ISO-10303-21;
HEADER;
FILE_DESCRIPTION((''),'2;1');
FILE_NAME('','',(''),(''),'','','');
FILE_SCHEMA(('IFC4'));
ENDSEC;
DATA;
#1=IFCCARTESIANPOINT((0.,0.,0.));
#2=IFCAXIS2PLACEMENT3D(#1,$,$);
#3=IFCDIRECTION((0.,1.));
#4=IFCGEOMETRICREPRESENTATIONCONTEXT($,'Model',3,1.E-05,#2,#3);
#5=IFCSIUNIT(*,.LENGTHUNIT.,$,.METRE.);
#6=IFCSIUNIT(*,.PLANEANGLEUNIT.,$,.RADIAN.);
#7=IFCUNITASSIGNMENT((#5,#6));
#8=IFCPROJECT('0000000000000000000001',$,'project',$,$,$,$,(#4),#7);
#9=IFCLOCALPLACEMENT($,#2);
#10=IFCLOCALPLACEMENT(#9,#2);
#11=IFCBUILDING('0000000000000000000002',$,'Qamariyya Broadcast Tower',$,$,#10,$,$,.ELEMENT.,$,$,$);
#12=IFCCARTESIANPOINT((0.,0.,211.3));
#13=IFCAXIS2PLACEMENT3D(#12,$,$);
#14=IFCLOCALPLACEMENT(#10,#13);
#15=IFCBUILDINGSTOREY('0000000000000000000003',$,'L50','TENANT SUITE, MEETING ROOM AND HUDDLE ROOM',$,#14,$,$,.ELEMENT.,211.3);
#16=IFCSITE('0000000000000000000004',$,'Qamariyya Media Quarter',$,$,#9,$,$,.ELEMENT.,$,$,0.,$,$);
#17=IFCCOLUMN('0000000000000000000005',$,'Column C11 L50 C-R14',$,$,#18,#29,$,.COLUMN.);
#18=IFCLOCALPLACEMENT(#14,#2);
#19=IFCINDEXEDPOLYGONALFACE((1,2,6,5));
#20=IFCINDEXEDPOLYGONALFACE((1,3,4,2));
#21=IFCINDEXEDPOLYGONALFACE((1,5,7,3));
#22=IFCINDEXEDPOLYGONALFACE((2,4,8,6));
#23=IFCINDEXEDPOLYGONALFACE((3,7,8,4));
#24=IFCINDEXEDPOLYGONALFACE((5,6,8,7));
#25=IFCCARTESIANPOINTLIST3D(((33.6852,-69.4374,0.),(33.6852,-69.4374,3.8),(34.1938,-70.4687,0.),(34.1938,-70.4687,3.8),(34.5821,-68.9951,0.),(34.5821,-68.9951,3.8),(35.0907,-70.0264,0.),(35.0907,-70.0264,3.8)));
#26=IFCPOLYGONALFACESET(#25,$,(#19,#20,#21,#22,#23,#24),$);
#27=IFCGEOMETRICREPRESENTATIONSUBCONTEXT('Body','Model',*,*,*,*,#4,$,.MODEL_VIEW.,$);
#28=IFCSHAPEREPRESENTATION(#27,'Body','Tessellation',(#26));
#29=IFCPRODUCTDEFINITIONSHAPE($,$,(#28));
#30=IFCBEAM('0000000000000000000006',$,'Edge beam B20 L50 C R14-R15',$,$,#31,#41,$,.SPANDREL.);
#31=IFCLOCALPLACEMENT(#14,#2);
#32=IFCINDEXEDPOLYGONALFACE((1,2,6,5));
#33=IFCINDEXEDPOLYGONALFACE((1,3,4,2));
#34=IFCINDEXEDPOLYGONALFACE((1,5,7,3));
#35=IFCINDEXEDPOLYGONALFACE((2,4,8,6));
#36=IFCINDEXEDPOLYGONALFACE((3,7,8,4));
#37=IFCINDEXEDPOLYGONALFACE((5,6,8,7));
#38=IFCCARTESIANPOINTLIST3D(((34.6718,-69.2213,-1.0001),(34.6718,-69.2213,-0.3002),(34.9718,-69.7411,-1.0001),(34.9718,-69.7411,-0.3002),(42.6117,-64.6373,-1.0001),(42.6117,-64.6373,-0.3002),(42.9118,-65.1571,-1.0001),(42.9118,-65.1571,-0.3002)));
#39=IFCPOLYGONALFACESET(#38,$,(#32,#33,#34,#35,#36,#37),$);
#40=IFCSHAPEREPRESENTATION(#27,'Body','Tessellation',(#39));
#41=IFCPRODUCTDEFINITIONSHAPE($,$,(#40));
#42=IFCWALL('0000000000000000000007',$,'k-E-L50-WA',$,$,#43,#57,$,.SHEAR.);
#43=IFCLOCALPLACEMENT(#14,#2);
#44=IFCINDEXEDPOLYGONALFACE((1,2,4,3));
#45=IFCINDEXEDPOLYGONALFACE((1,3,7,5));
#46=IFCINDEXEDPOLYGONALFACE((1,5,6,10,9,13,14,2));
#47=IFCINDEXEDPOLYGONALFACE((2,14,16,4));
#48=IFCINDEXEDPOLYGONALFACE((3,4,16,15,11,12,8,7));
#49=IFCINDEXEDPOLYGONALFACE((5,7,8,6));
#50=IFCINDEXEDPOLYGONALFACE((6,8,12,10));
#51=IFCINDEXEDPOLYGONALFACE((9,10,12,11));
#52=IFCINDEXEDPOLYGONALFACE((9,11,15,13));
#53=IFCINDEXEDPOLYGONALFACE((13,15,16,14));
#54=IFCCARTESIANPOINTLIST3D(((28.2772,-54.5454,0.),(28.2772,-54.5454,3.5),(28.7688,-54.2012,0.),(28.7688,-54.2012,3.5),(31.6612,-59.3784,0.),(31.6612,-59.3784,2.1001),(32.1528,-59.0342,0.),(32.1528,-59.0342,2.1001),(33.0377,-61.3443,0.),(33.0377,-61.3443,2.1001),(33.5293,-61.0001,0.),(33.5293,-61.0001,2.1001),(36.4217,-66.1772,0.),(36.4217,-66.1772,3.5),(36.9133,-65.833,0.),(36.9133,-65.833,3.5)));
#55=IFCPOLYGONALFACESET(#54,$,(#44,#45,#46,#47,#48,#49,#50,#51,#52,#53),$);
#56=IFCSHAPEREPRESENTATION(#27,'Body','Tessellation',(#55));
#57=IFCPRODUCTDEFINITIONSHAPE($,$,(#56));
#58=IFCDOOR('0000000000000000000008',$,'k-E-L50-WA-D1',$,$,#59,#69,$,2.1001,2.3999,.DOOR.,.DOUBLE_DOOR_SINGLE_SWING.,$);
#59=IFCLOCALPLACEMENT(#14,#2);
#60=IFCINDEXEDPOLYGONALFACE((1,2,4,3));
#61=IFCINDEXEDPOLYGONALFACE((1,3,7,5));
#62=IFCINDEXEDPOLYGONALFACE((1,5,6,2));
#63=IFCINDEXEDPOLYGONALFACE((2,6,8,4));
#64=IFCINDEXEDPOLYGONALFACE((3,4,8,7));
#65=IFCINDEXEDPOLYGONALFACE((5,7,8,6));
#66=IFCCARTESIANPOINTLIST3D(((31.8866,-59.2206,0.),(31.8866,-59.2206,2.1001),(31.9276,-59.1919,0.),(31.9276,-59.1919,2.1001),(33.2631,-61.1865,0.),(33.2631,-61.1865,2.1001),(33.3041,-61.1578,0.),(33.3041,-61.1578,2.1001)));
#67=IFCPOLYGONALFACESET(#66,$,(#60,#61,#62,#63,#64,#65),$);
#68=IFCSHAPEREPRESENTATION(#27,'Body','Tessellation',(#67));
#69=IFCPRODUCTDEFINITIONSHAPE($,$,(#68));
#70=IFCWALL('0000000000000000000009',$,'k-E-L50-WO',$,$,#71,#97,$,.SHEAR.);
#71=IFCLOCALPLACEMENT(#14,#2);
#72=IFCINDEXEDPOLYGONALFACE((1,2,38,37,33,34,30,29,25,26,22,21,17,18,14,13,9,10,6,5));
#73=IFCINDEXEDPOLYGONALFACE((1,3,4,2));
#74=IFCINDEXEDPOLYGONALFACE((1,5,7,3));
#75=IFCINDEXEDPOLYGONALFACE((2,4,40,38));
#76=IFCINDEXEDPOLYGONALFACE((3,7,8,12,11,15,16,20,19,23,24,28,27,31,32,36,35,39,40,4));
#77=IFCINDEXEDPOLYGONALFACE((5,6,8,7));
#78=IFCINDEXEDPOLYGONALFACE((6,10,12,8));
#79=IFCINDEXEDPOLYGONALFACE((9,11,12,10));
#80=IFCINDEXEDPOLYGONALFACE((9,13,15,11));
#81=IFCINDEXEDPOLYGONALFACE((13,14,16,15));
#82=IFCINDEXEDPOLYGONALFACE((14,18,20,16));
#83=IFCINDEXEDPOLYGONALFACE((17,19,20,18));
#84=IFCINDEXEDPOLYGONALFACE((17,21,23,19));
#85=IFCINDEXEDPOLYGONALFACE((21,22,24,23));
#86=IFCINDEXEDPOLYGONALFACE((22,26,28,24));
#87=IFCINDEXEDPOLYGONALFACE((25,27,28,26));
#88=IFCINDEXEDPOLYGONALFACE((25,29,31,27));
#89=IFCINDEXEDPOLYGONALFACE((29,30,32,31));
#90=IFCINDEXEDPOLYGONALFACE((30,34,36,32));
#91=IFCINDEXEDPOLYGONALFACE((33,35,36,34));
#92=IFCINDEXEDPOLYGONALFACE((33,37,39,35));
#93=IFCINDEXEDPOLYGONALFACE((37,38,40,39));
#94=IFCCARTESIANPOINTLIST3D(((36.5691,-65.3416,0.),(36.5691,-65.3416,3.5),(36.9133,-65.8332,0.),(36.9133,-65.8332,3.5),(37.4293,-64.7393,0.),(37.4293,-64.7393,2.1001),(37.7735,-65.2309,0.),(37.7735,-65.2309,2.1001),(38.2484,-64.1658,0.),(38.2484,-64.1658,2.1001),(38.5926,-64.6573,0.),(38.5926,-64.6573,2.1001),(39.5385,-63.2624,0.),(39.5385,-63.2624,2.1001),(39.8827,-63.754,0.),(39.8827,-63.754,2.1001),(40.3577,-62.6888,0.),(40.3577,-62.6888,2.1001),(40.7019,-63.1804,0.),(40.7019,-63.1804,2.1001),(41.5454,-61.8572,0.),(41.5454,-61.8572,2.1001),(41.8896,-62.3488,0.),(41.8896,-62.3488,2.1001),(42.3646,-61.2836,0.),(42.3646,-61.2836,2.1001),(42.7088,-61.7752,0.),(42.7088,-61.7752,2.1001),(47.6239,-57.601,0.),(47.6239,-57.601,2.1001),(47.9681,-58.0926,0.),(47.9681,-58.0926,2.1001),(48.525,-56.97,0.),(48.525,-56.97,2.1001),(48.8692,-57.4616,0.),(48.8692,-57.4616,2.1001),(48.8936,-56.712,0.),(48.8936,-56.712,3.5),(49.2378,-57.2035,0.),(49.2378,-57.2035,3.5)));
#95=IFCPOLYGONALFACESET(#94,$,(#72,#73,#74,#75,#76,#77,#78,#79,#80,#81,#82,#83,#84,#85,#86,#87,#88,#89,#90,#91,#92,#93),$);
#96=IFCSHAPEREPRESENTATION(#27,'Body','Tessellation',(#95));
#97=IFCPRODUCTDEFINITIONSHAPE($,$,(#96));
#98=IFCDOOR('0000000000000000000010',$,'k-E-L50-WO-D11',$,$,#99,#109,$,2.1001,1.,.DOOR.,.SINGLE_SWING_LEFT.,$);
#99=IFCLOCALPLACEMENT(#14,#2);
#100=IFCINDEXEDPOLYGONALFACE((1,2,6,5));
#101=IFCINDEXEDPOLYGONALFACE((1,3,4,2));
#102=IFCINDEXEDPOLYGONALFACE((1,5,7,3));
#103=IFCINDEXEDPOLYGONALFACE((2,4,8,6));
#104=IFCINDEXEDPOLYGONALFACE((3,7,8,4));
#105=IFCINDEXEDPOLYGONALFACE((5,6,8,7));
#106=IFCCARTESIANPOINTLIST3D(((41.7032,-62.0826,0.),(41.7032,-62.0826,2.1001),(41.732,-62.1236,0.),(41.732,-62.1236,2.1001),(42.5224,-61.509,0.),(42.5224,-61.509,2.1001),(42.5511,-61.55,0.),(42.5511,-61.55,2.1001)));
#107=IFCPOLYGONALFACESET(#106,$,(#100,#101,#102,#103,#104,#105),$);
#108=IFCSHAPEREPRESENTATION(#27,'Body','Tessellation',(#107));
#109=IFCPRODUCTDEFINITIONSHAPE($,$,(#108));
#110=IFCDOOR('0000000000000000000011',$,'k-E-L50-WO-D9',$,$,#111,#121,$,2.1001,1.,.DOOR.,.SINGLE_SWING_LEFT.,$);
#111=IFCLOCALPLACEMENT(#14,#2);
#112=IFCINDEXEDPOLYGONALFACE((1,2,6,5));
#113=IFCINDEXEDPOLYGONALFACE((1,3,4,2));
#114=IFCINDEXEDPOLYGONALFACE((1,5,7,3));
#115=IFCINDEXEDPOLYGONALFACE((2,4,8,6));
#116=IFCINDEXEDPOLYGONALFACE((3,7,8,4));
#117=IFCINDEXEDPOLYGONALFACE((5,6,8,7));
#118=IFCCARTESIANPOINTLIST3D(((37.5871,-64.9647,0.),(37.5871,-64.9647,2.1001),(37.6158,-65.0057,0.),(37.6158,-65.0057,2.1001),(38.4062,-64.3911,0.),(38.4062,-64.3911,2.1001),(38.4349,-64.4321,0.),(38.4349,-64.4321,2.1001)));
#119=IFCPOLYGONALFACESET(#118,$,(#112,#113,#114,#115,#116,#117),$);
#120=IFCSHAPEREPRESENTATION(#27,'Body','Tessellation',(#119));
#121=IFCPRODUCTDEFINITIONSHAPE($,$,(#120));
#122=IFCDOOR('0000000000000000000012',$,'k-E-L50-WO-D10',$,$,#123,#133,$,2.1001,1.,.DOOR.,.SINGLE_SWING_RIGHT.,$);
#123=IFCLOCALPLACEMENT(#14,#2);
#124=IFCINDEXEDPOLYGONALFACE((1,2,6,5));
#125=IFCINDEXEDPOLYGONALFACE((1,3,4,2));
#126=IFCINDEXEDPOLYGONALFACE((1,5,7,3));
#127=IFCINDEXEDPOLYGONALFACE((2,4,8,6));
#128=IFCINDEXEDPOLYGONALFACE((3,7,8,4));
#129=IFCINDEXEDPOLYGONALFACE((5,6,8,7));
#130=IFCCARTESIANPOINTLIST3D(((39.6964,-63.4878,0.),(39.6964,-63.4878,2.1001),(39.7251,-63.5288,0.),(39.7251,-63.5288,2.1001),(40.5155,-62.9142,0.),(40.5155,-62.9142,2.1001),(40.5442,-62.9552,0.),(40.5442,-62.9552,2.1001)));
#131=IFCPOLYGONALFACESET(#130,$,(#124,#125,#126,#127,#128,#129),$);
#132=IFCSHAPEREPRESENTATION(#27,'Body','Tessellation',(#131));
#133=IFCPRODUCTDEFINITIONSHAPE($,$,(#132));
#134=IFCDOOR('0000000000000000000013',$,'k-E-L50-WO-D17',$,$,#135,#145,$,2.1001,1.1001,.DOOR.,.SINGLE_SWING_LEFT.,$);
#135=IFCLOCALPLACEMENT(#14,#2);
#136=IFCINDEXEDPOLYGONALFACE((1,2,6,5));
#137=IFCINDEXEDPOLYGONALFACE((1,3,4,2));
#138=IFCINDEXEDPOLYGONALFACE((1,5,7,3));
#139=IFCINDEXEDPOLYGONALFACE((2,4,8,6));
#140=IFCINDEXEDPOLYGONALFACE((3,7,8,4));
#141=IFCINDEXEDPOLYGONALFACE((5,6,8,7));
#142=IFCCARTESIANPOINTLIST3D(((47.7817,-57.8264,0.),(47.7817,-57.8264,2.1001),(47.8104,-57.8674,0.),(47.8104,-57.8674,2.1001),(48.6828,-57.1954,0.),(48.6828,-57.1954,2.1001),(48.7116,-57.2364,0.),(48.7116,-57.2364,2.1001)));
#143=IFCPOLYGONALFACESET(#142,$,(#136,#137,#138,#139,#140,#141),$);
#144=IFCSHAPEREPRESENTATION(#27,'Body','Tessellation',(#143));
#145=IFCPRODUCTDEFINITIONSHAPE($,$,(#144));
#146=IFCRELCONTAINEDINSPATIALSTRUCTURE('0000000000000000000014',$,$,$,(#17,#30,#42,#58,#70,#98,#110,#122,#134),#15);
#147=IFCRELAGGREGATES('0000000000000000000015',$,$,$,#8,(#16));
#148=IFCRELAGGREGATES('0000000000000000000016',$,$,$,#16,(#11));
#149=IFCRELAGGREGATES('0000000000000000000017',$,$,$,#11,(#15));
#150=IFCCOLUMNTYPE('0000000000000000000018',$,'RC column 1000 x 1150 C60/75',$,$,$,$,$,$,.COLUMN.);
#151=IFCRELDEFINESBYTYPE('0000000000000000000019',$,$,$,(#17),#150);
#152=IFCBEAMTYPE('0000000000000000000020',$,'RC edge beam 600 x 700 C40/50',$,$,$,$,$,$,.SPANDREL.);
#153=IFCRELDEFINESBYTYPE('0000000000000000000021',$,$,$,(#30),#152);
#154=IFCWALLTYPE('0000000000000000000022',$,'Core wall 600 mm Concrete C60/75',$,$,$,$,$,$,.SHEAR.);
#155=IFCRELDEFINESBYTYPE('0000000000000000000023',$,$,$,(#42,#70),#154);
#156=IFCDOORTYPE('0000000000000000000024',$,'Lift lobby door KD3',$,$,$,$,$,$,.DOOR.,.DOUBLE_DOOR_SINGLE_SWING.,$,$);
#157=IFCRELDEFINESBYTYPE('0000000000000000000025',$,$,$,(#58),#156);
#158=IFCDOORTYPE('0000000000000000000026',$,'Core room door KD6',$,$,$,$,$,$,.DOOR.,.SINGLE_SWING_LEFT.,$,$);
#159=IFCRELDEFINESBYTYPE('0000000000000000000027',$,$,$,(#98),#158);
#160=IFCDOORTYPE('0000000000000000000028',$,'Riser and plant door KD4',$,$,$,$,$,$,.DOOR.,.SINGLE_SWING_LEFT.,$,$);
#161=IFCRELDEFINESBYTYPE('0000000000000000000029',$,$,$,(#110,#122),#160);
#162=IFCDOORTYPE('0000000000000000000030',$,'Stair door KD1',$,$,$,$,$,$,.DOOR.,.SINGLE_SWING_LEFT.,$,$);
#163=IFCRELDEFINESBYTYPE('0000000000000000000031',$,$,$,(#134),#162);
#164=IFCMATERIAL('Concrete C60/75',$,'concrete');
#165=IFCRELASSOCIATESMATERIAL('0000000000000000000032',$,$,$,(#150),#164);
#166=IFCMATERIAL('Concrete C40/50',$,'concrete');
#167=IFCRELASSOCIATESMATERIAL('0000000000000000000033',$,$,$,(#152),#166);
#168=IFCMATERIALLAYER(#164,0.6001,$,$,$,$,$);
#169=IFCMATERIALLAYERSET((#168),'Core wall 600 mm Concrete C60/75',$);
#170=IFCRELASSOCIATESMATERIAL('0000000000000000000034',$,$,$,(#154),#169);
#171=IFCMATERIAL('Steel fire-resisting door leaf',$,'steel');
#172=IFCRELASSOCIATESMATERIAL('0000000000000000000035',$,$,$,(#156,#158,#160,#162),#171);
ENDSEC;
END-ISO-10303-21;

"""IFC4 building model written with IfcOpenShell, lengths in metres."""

from ifc_helpers import new_model, si_unit, direction, frame, frame_2d, origin, origin_2d, place, context, subcontext, project, spatial, rectangle, extrude, material, layer, layer_set, material_profile, profile_set, type_object, element, fill, save


model = new_model("IFC4")

# Units and contexts
model_context = context("Model", 3, precision=1e-05, world=origin(), true_north=direction((0.0, 1.0)))
body_context = subcontext(model_context, "Body", "Model", "MODEL_VIEW")
ifc_project = project(units=[si_unit("LENGTHUNIT", "METRE"), si_unit("PLANEANGLEUNIT", "RADIAN")], contexts=[model_context])

# Site, building, storey
site_placement = place(None, origin())
site = spatial("IfcSite", under=ifc_project, at=site_placement, Name="Qamariyya Media Quarter", CompositionType="ELEMENT", RefElevation=0.0)
building_placement = place(site_placement, origin())
building = spatial("IfcBuilding", under=site, at=building_placement, Name="Qamariyya Broadcast Tower", CompositionType="ELEMENT")
storey_placement = place(building_placement, frame((0.0, 0.0, 211.3)))
storey = spatial("IfcBuildingStorey", under=building, at=storey_placement, Name="L50", Description="TENANT SUITE, MEETING ROOM AND HUDDLE ROOM", CompositionType="ELEMENT", Elevation=211.3)

# Column
ifc_material_1 = material(Name="Concrete C60/75", Category="concrete")
ifc_material_profile_1 = material_profile(ifc_material_1, rectangle(XDim=1.0, YDim=1.1499, at=origin_2d()))
ifc_profile_set_1 = profile_set([ifc_material_profile_1], Name="Concrete C60/75")
column_type = type_object("IfcColumnType", Name="RC column 1000 x 1150 C60/75", PredefinedType="COLUMN", material=ifc_profile_set_1)
column_placement = place(storey_placement, frame((34.3879, -69.7319, 0.0), z_axis=(0.0, 0.0, 1.0), x_axis=(0.896873, 0.442289, 0.0)))
element("IfcColumn", 1, at=column_placement, inside=storey, type_object=column_type, Name="Column C11 L50 C-R14", PredefinedType="COLUMN", context=body_context, shape_type="SweptSolid", body=[
    extrude(rectangle(XDim=1.0, YDim=1.1499, at=origin_2d()), origin(), (0.0, 0.0, 1.0), 3.8),
])

# Beam
ifc_material_2 = material(Name="Concrete C40/50", Category="concrete")
ifc_material_profile_2 = material_profile(ifc_material_2, rectangle(XDim=0.6001, YDim=0.7, at=origin_2d()))
ifc_profile_set_2 = profile_set([ifc_material_profile_2], Name="Concrete C40/50")
beam_type = type_object("IfcBeamType", Name="RC edge beam 600 x 700 C40/50", PredefinedType="SPANDREL", material=ifc_profile_set_2)
beam_placement = place(storey_placement, frame((34.8218, -69.4812, -0.6501), z_axis=(0.866032, 0.499988, 0.0), x_axis=(-0.499988, 0.866032, 0.0)))
element("IfcBeam", 2, at=beam_placement, inside=storey, type_object=beam_type, Name="Edge beam B20 L50 C R14-R15", PredefinedType="SPANDREL", context=body_context, shape_type="SweptSolid", body=[
    extrude(rectangle(XDim=0.6001, YDim=0.7, at=origin_2d()), origin(), (0.0, 0.0, 1.0), 9.1682),
])

# Wall, opening, door
ifc_layer_1 = layer(ifc_material_1, 0.6001)
ifc_layer_set_1 = layer_set([ifc_layer_1], Name="Core wall 600 mm Concrete C60/75")
wall_type_1 = type_object("IfcWallType", Name="Core wall 600 mm Concrete C60/75", PredefinedType="SHEAR", material=ifc_layer_set_1)
wall_1_placement = place(storey_placement, frame((36.6675, -66.0051, 0.0), z_axis=(0.0, 0.0, 1.0), x_axis=(-0.573568, 0.819158, 0.0)))
wall_1 = element("IfcWall", 3, at=wall_1_placement, inside=storey, type_object=wall_type_1, Name="k-E-L50-WA", PredefinedType="SHEAR", context=body_context, shape_type="SweptSolid", body=[
    extrude(rectangle(XDim=14.1997, YDim=0.6001, at=frame_2d((7.0999, 0.0))), origin(), (0.0, 0.0, 1.0), 3.5),
])
opening_1_placement = place(wall_1_placement, frame((5.8999, 0.0, 0.0)))
opening_1 = element("IfcOpeningElement", 4, at=opening_1_placement, cuts=wall_1, PredefinedType="OPENING", context=body_context, shape_type="SweptSolid", body=[
    extrude(rectangle(XDim=2.3999, YDim=2.1001, at=frame_2d((1.2, 1.05))), frame((0.0, 0.3101, 0.0), z_axis=(0.0, -1.0, 0.0), x_axis=(1.0, 0.0, 0.0)), (0.0, 0.0, 1.0), 0.6201),
])
ifc_material_3 = material(Name="Steel fire-resisting door leaf", Category="steel")
door_type_1 = type_object("IfcDoorType", Name="Lift lobby door KD3", OperationType="DOUBLE_DOOR_SINGLE_SWING", PredefinedType="DOOR", material=ifc_material_3)
door_1_placement = place(opening_1_placement, origin())
door_1 = element("IfcDoor", 5, at=door_1_placement, inside=storey, type_object=door_type_1, Name="k-E-L50-WA-D1", OperationType="DOUBLE_DOOR_SINGLE_SWING", OverallHeight=2.1001, OverallWidth=2.3999, PredefinedType="DOOR", context=body_context, shape_type="SweptSolid", body=[
    extrude(rectangle(XDim=2.3999, YDim=2.1001, at=frame_2d((1.2, 1.05))), frame((0.0, 0.0249, 0.0), z_axis=(0.0, -1.0, 0.0), x_axis=(1.0, 0.0, 0.0)), (0.0, 0.0, 1.0), 0.05),
])
fill(opening_1, door_1)

# Wall, openings, doors
wall_2_placement = place(storey_placement, frame((36.7412, -65.5874, 0.0), z_axis=(0.0, 0.0, 1.0), x_axis=(0.819153, 0.573575, 0.0)))
wall_2 = element("IfcWall", 6, at=wall_2_placement, inside=storey, type_object=wall_type_1, Name="k-E-L50-WO", PredefinedType="SHEAR", context=body_context, shape_type="SweptSolid", body=[
    extrude(rectangle(XDim=15.0454, YDim=0.6001, at=frame_2d((7.5227, 0.0))), origin(), (0.0, 0.0, 1.0), 3.5),
])
opening_2_placement = place(wall_2_placement, frame((1.05, 0.0, 0.0)))
opening_2 = element("IfcOpeningElement", 7, at=opening_2_placement, cuts=wall_2, PredefinedType="OPENING", context=body_context, shape_type="SweptSolid", body=[
    extrude(rectangle(XDim=1.0, YDim=2.1001, at=frame_2d((0.5, 1.05))), frame((0.0, 0.3101, 0.0), z_axis=(0.0, -1.0, 0.0), x_axis=(1.0, 0.0, 0.0)), (0.0, 0.0, 1.0), 0.6201),
])
opening_3_placement = place(wall_2_placement, frame((3.625, 0.0, 0.0)))
opening_3 = element("IfcOpeningElement", 8, at=opening_3_placement, cuts=wall_2, PredefinedType="OPENING", context=body_context, shape_type="SweptSolid", body=[
    extrude(rectangle(XDim=1.0, YDim=2.1001, at=frame_2d((0.5, 1.05))), frame((0.0, 0.3101, 0.0), z_axis=(0.0, -1.0, 0.0), x_axis=(1.0, 0.0, 0.0)), (0.0, 0.0, 1.0), 0.6201),
])
opening_4_placement = place(wall_2_placement, frame((6.075, 0.0, 0.0)))
opening_4 = element("IfcOpeningElement", 9, at=opening_4_placement, cuts=wall_2, PredefinedType="OPENING", context=body_context, shape_type="SweptSolid", body=[
    extrude(rectangle(XDim=1.0, YDim=2.1001, at=frame_2d((0.5, 1.05))), frame((0.0, 0.3101, 0.0), z_axis=(0.0, -1.0, 0.0), x_axis=(1.0, 0.0, 0.0)), (0.0, 0.0, 1.0), 0.6201),
])
opening_5_placement = place(wall_2_placement, frame((13.4954, 0.0, 0.0)))
opening_5 = element("IfcOpeningElement", 10, at=opening_5_placement, cuts=wall_2, PredefinedType="OPENING", context=body_context, shape_type="SweptSolid", body=[
    extrude(rectangle(XDim=1.1001, YDim=2.1001, at=frame_2d((0.55, 1.05))), frame((0.0, 0.3101, 0.0), z_axis=(0.0, -1.0, 0.0), x_axis=(1.0, 0.0, 0.0)), (0.0, 0.0, 1.0), 0.6201),
])
door_type_2 = type_object("IfcDoorType", Name="Core room door KD6", OperationType="SINGLE_SWING_LEFT", PredefinedType="DOOR", material=ifc_material_3)
door_2_placement = place(opening_4_placement, origin())
door_2 = element("IfcDoor", 11, at=door_2_placement, inside=storey, type_object=door_type_2, Name="k-E-L50-WO-D11", OperationType="SINGLE_SWING_LEFT", OverallHeight=2.1001, OverallWidth=1.0, PredefinedType="DOOR", context=body_context, shape_type="SweptSolid", body=[
    extrude(rectangle(XDim=1.0, YDim=2.1001, at=frame_2d((0.5, 1.05))), frame((0.0, 0.0249, 0.0), z_axis=(0.0, -1.0, 0.0), x_axis=(1.0, 0.0, 0.0)), (0.0, 0.0, 1.0), 0.05),
])
fill(opening_4, door_2)
door_type_3 = type_object("IfcDoorType", Name="Riser and plant door KD4", OperationType="SINGLE_SWING_LEFT", PredefinedType="DOOR", material=ifc_material_3)
door_3_placement = place(opening_2_placement, origin())
door_3 = element("IfcDoor", 12, at=door_3_placement, inside=storey, type_object=door_type_3, Name="k-E-L50-WO-D9", OperationType="SINGLE_SWING_LEFT", OverallHeight=2.1001, OverallWidth=1.0, PredefinedType="DOOR", context=body_context, shape_type="SweptSolid", body=[
    extrude(rectangle(XDim=1.0, YDim=2.1001, at=frame_2d((0.5, 1.05))), frame((0.0, 0.0249, 0.0), z_axis=(0.0, -1.0, 0.0), x_axis=(1.0, 0.0, 0.0)), (0.0, 0.0, 1.0), 0.05),
])
fill(opening_2, door_3)
door_4_placement = place(opening_3_placement, origin())
door_4 = element("IfcDoor", 13, at=door_4_placement, inside=storey, type_object=door_type_3, Name="k-E-L50-WO-D10", OperationType="SINGLE_SWING_RIGHT", OverallHeight=2.1001, OverallWidth=1.0, PredefinedType="DOOR", context=body_context, shape_type="SweptSolid", body=[
    extrude(rectangle(XDim=1.0, YDim=2.1001, at=frame_2d((0.5, 1.05))), frame((0.0, 0.0249, 0.0), z_axis=(0.0, -1.0, 0.0), x_axis=(1.0, 0.0, 0.0)), (0.0, 0.0, 1.0), 0.05),
])
fill(opening_3, door_4)
door_type_4 = type_object("IfcDoorType", Name="Stair door KD1", OperationType="SINGLE_SWING_LEFT", PredefinedType="DOOR", material=ifc_material_3)
door_5_placement = place(opening_5_placement, origin())
door_5 = element("IfcDoor", 14, at=door_5_placement, inside=storey, type_object=door_type_4, Name="k-E-L50-WO-D17", OperationType="SINGLE_SWING_LEFT", OverallHeight=2.1001, OverallWidth=1.1001, PredefinedType="DOOR", context=body_context, shape_type="SweptSolid", body=[
    extrude(rectangle(XDim=1.1001, YDim=2.1001, at=frame_2d((0.55, 1.05))), frame((0.0, 0.0249, 0.0), z_axis=(0.0, -1.0, 0.0), x_axis=(1.0, 0.0, 0.0)), (0.0, 0.0, 1.0), 0.05),
])
fill(opening_5, door_5)

save(model, "model.ifc")
